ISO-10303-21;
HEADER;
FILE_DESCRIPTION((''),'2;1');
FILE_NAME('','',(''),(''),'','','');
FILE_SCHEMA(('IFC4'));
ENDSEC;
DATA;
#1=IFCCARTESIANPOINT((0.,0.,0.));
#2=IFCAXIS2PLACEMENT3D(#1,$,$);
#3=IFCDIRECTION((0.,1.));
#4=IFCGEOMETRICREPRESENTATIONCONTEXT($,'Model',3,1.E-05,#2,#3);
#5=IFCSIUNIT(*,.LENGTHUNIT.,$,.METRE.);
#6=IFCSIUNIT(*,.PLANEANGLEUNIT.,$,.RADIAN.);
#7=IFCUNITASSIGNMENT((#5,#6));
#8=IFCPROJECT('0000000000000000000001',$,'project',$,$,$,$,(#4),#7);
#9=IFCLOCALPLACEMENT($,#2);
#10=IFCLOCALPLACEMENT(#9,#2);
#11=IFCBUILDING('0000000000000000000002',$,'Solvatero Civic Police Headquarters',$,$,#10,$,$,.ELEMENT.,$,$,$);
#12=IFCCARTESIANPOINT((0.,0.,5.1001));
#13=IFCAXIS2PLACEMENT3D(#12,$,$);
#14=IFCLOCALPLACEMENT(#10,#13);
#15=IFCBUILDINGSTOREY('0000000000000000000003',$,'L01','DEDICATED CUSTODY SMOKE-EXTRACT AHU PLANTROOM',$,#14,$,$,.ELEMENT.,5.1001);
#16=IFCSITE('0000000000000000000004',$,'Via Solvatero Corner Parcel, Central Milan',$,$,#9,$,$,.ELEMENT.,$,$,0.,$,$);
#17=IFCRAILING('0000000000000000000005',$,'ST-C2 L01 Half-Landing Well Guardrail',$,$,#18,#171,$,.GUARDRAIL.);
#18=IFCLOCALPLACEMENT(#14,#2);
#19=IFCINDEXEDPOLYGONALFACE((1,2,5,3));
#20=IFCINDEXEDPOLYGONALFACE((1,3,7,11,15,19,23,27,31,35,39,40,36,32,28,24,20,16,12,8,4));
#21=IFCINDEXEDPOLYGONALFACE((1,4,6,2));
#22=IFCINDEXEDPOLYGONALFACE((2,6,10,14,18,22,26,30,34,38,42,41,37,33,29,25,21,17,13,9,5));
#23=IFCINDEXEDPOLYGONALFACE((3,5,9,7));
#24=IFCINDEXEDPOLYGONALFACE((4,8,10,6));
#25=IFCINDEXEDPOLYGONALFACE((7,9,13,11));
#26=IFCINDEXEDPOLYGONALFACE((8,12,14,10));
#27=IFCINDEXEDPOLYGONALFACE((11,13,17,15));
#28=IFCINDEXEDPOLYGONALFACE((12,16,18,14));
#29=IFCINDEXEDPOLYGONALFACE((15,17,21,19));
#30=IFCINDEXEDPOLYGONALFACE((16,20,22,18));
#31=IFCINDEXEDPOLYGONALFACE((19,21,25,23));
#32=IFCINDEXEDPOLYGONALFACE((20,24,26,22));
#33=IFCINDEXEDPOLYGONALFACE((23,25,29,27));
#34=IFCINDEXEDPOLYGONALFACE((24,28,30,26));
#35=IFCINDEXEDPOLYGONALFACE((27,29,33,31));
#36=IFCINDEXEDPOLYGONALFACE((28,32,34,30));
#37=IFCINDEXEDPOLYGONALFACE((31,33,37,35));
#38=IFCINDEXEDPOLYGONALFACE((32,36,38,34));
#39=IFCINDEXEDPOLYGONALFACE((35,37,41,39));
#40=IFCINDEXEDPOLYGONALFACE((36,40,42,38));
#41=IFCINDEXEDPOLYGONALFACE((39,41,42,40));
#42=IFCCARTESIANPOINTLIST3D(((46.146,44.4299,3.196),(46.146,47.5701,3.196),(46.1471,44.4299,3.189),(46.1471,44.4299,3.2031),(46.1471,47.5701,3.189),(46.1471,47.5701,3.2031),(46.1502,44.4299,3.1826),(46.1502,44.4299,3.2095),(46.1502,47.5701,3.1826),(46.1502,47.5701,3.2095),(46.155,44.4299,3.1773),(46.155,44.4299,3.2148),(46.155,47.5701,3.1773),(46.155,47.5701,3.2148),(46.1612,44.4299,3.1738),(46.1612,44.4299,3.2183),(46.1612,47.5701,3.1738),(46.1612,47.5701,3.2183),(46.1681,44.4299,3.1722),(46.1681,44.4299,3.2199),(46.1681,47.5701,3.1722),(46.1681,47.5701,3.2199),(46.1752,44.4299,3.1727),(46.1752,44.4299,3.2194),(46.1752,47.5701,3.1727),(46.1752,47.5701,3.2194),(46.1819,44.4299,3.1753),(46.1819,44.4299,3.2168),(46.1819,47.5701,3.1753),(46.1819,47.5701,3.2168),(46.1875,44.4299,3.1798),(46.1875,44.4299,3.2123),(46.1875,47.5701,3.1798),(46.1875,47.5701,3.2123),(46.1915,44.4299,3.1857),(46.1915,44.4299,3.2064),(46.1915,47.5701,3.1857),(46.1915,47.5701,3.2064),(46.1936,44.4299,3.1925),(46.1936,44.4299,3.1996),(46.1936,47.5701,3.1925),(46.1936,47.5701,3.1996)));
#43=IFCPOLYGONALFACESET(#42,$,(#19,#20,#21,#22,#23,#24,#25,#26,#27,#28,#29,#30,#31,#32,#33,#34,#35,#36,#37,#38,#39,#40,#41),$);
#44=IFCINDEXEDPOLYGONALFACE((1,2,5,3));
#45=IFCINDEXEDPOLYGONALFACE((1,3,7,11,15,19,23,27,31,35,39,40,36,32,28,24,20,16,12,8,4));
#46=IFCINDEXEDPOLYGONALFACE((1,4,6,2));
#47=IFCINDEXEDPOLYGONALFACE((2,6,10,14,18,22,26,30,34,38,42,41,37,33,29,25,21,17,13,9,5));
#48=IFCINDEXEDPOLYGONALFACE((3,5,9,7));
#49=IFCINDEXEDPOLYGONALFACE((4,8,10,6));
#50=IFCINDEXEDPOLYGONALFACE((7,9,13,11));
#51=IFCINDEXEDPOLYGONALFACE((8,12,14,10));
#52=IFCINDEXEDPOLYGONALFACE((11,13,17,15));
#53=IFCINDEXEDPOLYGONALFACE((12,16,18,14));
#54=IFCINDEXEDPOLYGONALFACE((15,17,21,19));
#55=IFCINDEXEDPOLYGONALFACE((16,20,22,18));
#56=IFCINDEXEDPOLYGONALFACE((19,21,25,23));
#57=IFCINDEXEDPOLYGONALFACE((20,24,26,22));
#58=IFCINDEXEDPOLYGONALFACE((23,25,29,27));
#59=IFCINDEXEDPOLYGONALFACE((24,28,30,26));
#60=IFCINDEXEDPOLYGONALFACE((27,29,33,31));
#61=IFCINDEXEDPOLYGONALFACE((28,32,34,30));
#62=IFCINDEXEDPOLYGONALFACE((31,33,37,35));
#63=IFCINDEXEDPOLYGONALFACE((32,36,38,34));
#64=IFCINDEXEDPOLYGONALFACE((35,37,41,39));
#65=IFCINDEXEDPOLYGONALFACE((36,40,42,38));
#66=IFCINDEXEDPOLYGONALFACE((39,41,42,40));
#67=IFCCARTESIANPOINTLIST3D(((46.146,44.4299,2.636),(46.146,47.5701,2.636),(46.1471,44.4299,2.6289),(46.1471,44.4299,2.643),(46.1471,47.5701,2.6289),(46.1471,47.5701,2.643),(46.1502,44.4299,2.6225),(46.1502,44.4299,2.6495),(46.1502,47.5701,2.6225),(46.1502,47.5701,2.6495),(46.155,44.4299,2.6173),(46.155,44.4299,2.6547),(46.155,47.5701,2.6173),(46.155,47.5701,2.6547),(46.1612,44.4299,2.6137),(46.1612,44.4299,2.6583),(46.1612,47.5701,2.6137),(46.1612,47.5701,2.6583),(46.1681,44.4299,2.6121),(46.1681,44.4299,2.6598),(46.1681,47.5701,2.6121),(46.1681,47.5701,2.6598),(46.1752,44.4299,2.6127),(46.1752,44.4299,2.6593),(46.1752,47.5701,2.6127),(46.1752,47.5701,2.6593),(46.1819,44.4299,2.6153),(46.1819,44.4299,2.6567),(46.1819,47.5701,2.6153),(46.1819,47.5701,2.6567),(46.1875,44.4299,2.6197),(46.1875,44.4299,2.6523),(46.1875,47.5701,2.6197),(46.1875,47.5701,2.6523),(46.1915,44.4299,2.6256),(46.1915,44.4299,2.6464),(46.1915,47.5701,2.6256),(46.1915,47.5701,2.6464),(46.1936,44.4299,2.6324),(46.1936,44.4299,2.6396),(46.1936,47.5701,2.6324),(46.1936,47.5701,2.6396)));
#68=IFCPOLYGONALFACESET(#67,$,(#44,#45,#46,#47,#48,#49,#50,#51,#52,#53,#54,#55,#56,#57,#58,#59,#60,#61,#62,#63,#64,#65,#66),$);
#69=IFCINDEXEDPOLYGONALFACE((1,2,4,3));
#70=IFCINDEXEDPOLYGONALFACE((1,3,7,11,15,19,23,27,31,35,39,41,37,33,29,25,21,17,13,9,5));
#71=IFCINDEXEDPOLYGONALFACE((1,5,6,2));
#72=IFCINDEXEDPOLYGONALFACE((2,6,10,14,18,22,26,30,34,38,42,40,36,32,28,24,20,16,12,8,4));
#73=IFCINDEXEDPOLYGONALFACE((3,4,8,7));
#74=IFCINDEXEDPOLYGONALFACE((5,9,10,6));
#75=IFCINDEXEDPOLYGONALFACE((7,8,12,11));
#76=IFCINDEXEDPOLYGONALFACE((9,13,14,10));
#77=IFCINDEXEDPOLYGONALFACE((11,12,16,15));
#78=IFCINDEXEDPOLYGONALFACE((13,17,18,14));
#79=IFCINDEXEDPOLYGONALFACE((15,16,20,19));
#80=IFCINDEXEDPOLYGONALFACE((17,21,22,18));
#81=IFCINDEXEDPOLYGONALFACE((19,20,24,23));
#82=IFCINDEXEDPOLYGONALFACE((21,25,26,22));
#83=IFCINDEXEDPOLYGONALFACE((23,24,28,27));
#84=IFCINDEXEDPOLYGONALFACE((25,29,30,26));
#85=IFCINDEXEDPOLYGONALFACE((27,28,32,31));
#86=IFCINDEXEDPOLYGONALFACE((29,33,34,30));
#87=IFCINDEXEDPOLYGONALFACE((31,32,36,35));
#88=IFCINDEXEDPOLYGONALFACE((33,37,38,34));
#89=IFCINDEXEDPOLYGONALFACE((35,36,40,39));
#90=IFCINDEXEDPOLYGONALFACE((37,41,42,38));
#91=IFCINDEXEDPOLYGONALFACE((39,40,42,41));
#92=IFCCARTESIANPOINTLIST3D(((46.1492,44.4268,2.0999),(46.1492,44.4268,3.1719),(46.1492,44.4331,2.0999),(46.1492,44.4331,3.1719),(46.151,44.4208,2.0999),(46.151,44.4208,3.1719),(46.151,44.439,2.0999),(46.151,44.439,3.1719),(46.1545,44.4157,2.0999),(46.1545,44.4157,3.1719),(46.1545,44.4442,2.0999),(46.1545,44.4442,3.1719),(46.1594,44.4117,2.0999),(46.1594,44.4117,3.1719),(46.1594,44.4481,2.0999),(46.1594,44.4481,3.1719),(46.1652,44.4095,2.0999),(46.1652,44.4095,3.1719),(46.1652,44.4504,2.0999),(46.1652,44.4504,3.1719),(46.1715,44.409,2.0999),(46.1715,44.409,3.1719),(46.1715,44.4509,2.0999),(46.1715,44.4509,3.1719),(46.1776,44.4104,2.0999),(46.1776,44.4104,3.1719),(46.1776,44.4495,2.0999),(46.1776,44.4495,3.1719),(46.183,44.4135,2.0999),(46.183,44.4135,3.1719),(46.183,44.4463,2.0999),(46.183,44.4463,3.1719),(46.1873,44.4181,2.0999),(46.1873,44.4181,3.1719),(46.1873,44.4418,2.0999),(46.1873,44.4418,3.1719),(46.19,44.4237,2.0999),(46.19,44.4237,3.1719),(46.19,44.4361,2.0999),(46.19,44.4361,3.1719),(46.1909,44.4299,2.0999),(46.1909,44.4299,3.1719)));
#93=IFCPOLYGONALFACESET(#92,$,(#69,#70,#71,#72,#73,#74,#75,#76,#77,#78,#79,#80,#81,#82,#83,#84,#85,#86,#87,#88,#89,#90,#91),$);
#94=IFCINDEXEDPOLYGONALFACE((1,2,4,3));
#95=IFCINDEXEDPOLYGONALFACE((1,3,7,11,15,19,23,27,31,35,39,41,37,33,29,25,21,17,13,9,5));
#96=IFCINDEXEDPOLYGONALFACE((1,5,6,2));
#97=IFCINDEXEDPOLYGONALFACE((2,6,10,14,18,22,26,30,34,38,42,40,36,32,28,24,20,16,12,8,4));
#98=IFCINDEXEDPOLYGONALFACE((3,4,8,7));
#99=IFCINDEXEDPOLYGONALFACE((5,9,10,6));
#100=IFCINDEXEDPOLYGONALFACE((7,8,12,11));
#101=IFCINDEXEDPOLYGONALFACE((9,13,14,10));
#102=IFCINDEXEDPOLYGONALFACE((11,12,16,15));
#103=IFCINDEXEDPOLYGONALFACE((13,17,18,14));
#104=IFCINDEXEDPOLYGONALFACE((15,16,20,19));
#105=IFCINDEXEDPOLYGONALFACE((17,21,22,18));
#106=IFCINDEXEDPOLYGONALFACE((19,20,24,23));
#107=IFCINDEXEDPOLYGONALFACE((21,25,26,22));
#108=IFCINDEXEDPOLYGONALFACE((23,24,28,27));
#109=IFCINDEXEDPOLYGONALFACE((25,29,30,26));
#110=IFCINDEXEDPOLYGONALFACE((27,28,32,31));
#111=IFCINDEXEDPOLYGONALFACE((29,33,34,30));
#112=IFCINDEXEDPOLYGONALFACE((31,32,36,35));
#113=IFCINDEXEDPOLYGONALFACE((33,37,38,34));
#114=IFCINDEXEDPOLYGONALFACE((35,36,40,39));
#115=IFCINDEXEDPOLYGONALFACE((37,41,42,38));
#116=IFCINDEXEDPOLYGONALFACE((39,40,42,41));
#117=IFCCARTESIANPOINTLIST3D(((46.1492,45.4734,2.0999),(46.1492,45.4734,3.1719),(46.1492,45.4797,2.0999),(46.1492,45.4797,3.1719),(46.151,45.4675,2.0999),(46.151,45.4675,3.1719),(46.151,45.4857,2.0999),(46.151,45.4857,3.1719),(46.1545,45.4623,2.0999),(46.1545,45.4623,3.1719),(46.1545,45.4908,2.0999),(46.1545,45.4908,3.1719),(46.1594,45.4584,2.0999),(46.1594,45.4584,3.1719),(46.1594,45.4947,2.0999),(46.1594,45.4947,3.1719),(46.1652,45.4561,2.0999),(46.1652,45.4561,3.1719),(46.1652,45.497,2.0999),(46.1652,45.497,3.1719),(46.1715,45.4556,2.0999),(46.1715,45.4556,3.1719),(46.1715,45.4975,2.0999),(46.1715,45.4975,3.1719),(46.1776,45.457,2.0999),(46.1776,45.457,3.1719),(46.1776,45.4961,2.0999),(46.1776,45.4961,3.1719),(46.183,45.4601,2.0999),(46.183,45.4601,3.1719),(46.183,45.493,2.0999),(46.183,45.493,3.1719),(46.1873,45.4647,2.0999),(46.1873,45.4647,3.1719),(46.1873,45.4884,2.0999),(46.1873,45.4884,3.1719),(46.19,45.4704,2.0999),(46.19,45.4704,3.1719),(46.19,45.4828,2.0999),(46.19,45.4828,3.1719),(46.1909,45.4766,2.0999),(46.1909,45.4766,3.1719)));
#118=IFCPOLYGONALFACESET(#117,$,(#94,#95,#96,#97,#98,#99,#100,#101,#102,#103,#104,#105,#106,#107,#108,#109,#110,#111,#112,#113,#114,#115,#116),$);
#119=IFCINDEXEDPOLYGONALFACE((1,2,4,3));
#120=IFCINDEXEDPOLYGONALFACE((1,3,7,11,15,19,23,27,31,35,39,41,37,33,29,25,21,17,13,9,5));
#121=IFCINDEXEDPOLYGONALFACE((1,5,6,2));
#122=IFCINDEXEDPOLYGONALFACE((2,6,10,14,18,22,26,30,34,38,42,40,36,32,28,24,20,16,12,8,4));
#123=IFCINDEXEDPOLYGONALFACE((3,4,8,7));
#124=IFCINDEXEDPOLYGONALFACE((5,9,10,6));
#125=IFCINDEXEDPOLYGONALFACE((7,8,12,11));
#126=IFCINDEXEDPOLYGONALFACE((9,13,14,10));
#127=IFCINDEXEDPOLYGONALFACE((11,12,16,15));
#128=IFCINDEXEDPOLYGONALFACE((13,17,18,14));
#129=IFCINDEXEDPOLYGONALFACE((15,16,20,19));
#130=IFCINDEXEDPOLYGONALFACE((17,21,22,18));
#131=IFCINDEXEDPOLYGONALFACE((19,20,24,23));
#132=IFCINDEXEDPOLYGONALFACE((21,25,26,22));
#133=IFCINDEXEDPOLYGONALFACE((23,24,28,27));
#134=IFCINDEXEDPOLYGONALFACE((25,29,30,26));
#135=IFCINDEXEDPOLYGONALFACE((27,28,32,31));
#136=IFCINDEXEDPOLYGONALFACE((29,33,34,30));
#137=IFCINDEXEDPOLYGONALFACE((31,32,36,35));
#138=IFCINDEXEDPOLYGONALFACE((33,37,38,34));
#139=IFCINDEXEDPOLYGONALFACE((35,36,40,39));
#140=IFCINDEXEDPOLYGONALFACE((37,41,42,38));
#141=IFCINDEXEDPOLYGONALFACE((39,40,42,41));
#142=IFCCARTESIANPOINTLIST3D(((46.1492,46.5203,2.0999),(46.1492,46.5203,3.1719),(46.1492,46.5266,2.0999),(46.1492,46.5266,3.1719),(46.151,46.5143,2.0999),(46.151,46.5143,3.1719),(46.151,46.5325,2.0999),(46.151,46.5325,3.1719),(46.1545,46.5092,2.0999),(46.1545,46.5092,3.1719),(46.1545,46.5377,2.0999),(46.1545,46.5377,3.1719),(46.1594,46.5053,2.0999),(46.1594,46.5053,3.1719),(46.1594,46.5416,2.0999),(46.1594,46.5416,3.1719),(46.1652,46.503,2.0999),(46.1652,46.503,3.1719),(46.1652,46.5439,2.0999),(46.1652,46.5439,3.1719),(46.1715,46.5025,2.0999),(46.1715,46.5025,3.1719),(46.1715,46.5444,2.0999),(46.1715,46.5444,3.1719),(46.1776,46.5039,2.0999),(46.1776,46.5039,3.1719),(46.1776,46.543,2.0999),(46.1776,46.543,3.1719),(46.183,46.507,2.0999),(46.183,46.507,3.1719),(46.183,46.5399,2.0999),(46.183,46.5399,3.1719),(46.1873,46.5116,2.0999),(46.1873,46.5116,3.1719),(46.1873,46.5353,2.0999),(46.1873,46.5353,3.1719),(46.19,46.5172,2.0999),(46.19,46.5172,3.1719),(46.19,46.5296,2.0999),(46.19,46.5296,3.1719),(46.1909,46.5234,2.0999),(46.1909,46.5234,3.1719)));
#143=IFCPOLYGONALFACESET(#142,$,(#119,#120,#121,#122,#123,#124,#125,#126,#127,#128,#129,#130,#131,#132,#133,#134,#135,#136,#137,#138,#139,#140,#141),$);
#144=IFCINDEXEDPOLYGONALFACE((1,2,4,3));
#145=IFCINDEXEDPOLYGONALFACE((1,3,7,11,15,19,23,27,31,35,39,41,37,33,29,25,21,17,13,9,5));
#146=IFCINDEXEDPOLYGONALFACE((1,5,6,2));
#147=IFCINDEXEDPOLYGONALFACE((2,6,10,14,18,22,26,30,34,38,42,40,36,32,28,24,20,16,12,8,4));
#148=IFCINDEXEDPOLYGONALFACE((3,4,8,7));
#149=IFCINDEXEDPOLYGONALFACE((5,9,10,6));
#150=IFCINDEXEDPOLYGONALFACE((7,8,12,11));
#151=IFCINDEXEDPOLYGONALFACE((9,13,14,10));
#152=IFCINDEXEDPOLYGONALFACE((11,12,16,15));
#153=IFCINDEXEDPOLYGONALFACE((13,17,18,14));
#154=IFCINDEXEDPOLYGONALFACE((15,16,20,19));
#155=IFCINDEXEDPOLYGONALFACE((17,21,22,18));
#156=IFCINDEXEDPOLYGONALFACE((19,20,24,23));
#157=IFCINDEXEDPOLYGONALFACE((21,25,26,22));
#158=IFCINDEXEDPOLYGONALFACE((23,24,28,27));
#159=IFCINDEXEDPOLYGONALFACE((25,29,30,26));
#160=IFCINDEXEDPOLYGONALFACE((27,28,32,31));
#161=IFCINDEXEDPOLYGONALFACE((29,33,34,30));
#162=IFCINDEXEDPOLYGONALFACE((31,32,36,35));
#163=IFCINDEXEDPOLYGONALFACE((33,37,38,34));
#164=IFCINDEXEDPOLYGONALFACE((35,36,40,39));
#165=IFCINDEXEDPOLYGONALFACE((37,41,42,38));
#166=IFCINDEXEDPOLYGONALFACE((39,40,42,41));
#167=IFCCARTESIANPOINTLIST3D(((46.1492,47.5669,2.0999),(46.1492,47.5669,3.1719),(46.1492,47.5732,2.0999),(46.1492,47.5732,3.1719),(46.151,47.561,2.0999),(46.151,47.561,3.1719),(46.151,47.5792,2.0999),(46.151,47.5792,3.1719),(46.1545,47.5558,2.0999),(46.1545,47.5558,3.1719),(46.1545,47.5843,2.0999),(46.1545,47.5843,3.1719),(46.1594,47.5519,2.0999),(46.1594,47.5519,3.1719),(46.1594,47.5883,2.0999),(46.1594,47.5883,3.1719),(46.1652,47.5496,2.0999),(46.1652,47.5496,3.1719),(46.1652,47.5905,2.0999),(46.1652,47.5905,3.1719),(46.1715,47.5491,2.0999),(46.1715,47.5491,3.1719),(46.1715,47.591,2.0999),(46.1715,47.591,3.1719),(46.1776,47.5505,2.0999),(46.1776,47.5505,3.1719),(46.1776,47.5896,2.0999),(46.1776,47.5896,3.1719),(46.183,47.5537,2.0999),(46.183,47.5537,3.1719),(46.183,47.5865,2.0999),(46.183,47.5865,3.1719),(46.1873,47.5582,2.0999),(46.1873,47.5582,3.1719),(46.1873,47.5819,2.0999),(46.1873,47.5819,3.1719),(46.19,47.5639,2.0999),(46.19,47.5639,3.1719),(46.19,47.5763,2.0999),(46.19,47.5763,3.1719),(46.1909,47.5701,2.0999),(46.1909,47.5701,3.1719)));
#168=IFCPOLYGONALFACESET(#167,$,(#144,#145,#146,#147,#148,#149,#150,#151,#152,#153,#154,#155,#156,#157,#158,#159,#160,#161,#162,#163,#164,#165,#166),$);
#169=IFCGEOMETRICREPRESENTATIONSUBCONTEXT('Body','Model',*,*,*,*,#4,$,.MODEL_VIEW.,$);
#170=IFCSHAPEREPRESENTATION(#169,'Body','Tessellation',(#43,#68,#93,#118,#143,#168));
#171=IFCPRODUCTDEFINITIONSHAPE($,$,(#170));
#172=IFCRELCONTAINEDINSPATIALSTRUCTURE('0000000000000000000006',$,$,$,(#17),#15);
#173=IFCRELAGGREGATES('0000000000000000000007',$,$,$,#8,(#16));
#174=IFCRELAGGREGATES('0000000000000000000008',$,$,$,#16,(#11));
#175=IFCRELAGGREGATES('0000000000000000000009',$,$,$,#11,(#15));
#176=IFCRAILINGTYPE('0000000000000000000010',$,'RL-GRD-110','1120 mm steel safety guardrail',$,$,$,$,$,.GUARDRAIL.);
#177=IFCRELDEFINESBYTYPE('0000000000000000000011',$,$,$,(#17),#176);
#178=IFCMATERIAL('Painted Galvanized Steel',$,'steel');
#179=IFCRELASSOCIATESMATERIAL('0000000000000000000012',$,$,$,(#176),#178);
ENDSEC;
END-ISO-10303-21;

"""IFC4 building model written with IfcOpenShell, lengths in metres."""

from ifc_helpers import new_model, si_unit, direction, frame, origin, origin_2d, place, context, subcontext, project, spatial, circle, extrude, material, type_object, element, save


model = new_model("IFC4")

# Units and contexts
model_context = context("Model", 3, precision=1e-05, world=origin(), true_north=direction((0.0, 1.0)))
body_context = subcontext(model_context, "Body", "Model", "MODEL_VIEW")
ifc_project = project(units=[si_unit("LENGTHUNIT", "METRE"), si_unit("PLANEANGLEUNIT", "RADIAN")], contexts=[model_context])

# Site, building, storey
site_placement = place(None, origin())
site = spatial("IfcSite", under=ifc_project, at=site_placement, Name="Via Solvatero Corner Parcel, Central Milan", CompositionType="ELEMENT", RefElevation=0.0)
building_placement = place(site_placement, origin())
building = spatial("IfcBuilding", under=site, at=building_placement, Name="Solvatero Civic Police Headquarters", CompositionType="ELEMENT")
storey_placement = place(building_placement, frame((0.0, 0.0, 5.1001)))
storey = spatial("IfcBuildingStorey", under=building, at=storey_placement, Name="L01", Description="DEDICATED CUSTODY SMOKE-EXTRACT AHU PLANTROOM", CompositionType="ELEMENT", Elevation=5.1001)

# Railing
ifc_material_1 = material(Name="Painted Galvanized Steel", Category="steel")
railing_type_1 = type_object("IfcRailingType", Name="RL-GRD-110", Description="1120 mm steel safety guardrail", PredefinedType="GUARDRAIL", material=ifc_material_1)
railing_1_placement = place(storey_placement, frame((46.1699, 44.4299, 2.0999)))
element("IfcRailing", 1, at=railing_1_placement, inside=storey, type_object=railing_type_1, Name="ST-C2 L01 Half-Landing Well Guardrail", PredefinedType="GUARDRAIL", context=body_context, shape_type="SweptSolid", body=[
    extrude(circle(Radius=0.0239, at=origin_2d()), frame((0.0, 0.0, 1.0962), z_axis=(0.0, 1.0, 0.0), x_axis=(-1.0, 0.0, 0.0)), (0.0, 0.0, 1.0), 3.1401),
    extrude(circle(Radius=0.0239, at=origin_2d()), frame((0.0, 0.0, 0.5361), z_axis=(0.0, 1.0, 0.0), x_axis=(-1.0, 0.0, 0.0)), (0.0, 0.0, 1.0), 3.1401),
    extrude(circle(Radius=0.021, at=origin_2d()), origin(), (0.0, 0.0, 1.0), 1.072),
    extrude(circle(Radius=0.021, at=origin_2d()), frame((0.0, 1.0466, 0.0)), (0.0, 0.0, 1.0), 1.072),
    extrude(circle(Radius=0.021, at=origin_2d()), frame((0.0, 2.0935, 0.0)), (0.0, 0.0, 1.0), 1.072),
    extrude(circle(Radius=0.021, at=origin_2d()), frame((0.0, 3.1401, 0.0)), (0.0, 0.0, 1.0), 1.072),
])

save(model, "model.ifc")
